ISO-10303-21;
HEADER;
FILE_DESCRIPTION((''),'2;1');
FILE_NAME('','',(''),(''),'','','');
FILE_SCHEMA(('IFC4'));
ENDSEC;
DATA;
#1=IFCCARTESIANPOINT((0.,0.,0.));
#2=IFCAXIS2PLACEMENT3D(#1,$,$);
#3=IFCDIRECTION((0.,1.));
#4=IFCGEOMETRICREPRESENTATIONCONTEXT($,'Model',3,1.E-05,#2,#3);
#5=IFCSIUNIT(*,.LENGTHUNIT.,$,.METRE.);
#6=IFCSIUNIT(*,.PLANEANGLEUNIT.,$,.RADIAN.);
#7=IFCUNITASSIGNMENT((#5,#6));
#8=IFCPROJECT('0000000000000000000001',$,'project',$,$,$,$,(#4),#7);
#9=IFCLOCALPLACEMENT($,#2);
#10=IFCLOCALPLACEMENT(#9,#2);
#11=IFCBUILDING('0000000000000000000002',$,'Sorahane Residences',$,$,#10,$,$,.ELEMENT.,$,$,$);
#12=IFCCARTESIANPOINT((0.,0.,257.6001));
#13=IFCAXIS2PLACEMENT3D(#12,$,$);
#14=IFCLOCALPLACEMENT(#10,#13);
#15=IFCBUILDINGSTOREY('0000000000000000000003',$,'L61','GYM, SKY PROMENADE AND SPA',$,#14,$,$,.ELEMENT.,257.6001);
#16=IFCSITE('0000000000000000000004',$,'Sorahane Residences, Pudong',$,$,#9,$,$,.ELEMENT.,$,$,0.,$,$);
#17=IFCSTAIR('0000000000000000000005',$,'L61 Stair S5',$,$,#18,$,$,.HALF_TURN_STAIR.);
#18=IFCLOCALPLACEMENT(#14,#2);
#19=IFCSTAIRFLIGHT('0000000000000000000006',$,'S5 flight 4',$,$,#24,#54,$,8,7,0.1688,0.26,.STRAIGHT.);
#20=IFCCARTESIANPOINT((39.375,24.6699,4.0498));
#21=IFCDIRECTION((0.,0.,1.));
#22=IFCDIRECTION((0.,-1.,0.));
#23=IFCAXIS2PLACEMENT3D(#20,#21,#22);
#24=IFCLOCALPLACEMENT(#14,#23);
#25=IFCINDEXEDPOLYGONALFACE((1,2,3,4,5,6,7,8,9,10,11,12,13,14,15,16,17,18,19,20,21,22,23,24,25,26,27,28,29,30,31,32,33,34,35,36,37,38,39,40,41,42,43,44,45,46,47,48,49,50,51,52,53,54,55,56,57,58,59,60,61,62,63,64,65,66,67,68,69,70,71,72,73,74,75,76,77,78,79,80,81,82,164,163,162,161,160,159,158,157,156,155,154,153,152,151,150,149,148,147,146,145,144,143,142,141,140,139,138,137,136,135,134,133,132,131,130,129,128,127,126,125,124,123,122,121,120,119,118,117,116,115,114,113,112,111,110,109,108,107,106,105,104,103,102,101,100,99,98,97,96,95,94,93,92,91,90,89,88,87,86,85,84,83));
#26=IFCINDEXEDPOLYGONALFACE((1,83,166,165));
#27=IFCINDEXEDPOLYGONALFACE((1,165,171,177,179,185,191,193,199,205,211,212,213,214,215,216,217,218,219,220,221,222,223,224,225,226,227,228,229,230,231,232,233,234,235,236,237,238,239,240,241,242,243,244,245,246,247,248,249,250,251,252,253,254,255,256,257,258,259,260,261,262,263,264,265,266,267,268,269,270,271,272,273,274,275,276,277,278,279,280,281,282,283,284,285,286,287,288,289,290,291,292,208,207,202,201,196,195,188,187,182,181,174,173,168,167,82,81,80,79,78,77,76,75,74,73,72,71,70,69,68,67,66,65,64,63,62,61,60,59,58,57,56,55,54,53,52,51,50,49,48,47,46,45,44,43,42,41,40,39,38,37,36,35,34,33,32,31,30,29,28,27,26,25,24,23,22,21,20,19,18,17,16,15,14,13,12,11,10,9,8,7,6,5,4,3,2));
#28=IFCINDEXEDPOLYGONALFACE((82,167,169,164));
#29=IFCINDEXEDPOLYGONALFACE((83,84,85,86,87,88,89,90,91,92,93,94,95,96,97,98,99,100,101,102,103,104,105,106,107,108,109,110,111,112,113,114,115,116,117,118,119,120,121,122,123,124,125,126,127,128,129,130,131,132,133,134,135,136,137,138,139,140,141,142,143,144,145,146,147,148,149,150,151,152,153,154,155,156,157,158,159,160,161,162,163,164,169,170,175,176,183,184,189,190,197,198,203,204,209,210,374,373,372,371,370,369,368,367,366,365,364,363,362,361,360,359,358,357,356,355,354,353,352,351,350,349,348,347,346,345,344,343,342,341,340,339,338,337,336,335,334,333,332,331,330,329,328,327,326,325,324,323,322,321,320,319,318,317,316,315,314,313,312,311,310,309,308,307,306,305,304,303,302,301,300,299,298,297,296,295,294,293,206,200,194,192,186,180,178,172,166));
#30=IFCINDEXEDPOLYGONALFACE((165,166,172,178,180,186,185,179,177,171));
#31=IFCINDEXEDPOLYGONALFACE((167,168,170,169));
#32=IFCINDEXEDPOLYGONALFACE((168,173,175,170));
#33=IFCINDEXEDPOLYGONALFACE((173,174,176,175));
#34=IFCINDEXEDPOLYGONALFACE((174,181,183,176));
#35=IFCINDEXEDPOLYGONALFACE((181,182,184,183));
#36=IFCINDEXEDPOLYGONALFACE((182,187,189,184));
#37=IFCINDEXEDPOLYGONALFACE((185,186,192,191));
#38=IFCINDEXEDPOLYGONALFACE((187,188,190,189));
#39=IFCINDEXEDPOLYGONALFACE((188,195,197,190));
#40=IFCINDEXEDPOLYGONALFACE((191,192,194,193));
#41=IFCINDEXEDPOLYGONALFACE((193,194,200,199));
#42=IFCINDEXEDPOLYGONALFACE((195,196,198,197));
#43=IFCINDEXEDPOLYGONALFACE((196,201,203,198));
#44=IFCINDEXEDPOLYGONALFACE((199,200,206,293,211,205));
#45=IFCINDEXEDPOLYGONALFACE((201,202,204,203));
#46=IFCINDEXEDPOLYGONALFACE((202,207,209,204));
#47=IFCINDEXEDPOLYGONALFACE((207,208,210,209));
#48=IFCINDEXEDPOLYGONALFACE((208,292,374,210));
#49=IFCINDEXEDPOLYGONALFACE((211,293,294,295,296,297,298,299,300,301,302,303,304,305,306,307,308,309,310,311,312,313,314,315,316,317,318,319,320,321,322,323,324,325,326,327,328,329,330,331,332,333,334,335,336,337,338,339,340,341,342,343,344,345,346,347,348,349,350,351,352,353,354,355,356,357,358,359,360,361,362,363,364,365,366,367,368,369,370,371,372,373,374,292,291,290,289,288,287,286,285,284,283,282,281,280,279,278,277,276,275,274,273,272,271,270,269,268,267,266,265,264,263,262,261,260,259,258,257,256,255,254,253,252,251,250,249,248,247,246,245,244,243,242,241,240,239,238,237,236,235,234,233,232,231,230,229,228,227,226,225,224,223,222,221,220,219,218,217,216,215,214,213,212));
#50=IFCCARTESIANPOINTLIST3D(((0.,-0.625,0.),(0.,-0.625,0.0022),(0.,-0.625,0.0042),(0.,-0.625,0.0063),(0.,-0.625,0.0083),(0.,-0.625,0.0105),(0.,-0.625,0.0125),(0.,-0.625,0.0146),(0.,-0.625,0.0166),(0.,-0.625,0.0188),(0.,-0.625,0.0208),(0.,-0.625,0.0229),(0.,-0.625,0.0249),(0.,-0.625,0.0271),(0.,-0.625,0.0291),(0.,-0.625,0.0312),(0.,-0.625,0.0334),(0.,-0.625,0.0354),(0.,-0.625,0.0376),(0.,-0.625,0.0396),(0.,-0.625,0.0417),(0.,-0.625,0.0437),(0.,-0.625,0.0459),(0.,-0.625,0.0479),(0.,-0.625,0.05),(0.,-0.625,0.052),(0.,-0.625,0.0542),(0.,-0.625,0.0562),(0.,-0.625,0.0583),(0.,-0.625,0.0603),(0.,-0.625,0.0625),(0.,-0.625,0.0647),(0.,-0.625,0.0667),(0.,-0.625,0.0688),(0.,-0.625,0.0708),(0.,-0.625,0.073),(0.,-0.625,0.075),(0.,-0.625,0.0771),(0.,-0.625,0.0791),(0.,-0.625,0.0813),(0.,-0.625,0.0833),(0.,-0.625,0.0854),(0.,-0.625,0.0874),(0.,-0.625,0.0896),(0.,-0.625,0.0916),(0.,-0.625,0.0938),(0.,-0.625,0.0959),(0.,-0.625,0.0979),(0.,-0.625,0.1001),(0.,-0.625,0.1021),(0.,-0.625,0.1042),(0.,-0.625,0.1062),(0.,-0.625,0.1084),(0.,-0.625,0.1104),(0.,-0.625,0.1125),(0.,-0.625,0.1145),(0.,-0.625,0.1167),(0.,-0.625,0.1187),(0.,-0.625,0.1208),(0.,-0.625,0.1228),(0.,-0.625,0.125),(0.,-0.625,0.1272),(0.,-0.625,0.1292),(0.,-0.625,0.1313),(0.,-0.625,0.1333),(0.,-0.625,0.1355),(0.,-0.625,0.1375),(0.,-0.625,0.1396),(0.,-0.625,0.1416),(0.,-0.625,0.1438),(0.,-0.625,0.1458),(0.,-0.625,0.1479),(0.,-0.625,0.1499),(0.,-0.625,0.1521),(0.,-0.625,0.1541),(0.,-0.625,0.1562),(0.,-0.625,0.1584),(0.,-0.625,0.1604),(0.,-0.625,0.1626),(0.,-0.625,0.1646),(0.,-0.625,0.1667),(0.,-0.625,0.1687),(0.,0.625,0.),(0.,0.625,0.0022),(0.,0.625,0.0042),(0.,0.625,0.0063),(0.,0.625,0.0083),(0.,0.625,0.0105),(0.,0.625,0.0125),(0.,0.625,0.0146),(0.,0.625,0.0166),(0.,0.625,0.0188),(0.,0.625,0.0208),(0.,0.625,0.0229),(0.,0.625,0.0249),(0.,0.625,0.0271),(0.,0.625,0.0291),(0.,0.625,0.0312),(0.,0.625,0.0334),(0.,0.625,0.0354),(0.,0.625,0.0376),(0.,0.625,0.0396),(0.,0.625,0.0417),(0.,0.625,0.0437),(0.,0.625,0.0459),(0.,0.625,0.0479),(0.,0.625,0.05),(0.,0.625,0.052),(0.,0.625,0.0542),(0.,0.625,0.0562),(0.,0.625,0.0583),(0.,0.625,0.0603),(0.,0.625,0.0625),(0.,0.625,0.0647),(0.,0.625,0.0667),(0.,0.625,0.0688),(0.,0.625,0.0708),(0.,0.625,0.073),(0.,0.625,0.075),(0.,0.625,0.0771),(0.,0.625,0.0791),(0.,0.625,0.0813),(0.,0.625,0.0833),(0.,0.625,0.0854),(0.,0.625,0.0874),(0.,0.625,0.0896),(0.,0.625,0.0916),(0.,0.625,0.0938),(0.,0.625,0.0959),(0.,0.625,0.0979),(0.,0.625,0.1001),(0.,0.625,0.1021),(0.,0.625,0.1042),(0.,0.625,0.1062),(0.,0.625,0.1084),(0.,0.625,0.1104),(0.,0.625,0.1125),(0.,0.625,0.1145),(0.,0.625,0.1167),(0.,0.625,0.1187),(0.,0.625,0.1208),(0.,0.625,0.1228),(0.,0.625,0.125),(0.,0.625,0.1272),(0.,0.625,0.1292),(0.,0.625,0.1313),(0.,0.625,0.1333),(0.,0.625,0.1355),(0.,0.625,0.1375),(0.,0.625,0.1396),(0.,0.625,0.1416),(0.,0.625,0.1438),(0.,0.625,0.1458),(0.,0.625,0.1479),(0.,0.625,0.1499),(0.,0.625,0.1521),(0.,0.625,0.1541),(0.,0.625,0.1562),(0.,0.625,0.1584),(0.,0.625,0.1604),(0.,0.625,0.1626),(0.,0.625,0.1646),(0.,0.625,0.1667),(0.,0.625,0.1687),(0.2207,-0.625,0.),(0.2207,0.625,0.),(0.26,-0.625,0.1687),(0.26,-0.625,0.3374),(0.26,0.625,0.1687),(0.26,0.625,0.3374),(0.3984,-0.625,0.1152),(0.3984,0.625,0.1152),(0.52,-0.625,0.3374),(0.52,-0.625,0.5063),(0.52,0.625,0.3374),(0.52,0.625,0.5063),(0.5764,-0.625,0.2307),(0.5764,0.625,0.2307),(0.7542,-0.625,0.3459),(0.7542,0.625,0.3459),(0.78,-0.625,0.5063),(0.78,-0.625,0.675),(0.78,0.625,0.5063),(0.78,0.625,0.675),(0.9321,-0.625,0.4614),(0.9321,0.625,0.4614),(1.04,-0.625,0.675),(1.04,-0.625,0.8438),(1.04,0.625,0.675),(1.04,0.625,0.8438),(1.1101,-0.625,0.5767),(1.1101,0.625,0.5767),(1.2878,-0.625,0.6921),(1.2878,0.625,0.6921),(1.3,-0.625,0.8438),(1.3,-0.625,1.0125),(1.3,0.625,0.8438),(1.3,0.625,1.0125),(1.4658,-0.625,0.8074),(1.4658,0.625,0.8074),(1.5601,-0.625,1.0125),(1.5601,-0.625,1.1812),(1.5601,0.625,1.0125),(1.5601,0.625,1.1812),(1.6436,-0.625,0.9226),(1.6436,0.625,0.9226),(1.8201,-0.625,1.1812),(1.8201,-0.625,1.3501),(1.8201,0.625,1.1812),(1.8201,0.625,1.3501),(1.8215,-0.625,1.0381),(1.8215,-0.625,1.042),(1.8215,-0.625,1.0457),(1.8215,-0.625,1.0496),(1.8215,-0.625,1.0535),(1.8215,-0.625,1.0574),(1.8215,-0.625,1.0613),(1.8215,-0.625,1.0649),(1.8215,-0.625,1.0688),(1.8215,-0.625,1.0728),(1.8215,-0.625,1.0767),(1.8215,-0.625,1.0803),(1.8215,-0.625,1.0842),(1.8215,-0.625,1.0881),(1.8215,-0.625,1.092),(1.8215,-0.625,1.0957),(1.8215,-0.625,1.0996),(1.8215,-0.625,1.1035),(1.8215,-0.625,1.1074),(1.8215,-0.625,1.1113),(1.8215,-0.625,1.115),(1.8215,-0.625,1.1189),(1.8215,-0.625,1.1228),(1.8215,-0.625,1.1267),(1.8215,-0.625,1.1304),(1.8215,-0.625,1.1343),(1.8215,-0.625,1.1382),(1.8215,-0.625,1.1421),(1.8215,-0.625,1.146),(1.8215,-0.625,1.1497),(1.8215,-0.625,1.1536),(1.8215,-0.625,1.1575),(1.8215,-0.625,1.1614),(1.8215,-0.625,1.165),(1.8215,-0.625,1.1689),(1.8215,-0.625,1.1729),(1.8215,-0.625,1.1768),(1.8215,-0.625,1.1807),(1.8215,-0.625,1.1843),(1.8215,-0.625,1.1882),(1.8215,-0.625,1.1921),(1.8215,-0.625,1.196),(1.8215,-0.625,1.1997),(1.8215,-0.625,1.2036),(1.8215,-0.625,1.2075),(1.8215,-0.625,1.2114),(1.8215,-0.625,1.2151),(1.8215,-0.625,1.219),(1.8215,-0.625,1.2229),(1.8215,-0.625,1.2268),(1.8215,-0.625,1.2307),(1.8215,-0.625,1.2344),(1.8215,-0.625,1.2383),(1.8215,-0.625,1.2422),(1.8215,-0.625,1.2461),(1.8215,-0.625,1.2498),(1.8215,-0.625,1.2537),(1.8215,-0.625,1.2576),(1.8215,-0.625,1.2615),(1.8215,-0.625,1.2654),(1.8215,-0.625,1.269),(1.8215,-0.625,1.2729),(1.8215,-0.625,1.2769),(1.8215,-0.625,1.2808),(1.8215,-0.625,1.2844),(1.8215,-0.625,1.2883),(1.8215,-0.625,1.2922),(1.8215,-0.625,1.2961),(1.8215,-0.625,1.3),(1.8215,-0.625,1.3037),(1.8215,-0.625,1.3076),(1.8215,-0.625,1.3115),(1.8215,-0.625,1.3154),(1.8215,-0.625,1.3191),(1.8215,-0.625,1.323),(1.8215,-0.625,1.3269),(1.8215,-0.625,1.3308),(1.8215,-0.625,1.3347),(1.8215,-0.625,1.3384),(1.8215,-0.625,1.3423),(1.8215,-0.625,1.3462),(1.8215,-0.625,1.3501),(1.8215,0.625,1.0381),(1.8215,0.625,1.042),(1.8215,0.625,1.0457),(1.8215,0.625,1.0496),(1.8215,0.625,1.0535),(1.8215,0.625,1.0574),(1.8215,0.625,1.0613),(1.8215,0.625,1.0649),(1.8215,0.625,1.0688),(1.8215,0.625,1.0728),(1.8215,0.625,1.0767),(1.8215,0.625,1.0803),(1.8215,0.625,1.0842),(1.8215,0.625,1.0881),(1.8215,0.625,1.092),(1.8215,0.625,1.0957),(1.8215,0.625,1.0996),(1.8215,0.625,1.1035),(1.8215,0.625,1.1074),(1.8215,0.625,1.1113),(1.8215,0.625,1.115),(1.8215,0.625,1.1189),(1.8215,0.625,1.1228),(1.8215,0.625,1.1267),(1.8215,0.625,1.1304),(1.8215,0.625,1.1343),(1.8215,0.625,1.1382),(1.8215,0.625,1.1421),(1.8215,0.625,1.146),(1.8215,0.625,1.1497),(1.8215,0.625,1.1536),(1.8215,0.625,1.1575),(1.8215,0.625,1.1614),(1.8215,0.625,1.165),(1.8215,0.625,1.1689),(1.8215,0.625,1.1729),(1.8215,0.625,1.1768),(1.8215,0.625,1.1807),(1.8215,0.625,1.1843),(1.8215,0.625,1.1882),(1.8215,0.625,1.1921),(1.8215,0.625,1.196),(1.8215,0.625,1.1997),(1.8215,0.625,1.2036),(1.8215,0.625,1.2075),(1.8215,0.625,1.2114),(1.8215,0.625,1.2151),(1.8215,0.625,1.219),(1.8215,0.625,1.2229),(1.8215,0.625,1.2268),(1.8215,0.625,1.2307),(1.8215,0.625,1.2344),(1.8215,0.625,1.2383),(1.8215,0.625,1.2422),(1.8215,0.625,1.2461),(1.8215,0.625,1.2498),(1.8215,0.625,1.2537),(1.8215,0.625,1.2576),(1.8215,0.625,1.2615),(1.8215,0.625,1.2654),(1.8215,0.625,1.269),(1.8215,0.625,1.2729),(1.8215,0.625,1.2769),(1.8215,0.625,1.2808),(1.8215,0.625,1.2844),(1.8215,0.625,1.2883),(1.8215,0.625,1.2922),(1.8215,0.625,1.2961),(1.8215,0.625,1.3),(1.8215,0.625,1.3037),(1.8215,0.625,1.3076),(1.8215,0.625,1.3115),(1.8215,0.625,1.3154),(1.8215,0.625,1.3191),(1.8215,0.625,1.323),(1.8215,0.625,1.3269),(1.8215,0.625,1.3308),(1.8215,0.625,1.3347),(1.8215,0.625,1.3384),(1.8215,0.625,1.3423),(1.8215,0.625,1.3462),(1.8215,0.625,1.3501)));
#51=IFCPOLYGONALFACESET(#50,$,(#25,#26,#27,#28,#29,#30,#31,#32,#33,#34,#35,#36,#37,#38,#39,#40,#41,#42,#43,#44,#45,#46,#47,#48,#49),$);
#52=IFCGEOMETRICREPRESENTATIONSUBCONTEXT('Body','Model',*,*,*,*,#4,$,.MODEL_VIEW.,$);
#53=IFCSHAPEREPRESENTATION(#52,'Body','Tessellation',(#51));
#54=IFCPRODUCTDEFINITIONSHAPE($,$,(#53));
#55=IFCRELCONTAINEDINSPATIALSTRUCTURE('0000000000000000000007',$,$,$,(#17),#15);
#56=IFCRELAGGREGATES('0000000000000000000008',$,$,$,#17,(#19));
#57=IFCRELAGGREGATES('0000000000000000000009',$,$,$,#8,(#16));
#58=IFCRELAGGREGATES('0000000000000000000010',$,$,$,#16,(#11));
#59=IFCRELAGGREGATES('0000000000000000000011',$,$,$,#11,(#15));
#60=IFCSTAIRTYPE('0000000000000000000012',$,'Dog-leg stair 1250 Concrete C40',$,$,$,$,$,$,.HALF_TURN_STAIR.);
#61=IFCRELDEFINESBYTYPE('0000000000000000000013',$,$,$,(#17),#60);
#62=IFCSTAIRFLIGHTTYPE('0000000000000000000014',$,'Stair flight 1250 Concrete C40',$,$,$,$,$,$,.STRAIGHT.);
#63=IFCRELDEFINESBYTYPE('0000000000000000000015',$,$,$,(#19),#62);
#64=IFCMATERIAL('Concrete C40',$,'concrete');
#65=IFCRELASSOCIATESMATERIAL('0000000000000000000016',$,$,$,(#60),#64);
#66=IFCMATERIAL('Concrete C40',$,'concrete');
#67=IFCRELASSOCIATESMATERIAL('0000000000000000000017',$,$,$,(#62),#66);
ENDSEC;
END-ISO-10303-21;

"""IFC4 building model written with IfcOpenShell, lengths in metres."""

from ifc_helpers import new_model, si_unit, direction, frame, origin, place, context, subcontext, project, spatial, polyline, outline, extrude, material, type_object, element, aggregate, save


model = new_model("IFC4")

# Units and contexts
model_context = context("Model", 3, precision=1e-05, world=origin(), true_north=direction((0.0, 1.0)))
body_context = subcontext(model_context, "Body", "Model", "MODEL_VIEW")
ifc_project = project(units=[si_unit("LENGTHUNIT", "METRE"), si_unit("PLANEANGLEUNIT", "RADIAN")], contexts=[model_context])

# Site, building, storey
site_placement = place(None, origin())
site = spatial("IfcSite", under=ifc_project, at=site_placement, Name="Sorahane Residences, Pudong", CompositionType="ELEMENT", RefElevation=0.0)
building_placement = place(site_placement, origin())
building = spatial("IfcBuilding", under=site, at=building_placement, Name="Sorahane Residences", CompositionType="ELEMENT")
storey_placement = place(building_placement, frame((0.0, 0.0, 257.6001)))
storey = spatial("IfcBuildingStorey", under=building, at=storey_placement, Name="L61", Description="GYM, SKY PROMENADE AND SPA", CompositionType="ELEMENT", Elevation=257.6001)

# Stair, stair flight
ifc_material_1 = material(Name="Concrete C40", Category="concrete")
stair_type = type_object("IfcStairType", Name="Dog-leg stair 1250 Concrete C40", PredefinedType="HALF_TURN_STAIR", material=ifc_material_1)
stair_placement = place(storey_placement, origin())
stair = element("IfcStair", 1, at=stair_placement, inside=storey, type_object=stair_type, Name="L61 Stair S5", PredefinedType="HALF_TURN_STAIR")
ifc_material_2 = material(Name="Concrete C40", Category="concrete")
stair_flight_type = type_object("IfcStairFlightType", Name="Stair flight 1250 Concrete C40", PredefinedType="STRAIGHT", material=ifc_material_2)
stair_flight_1_placement = place(storey_placement, frame((39.375, 24.6699, 4.0498), z_axis=(0.0, 0.0, 1.0), x_axis=(0.0, -1.0, 0.0)))
stair_flight_1 = element("IfcStairFlight", 2, at=stair_flight_1_placement, type_object=stair_flight_type, Name="S5 flight 4", NumberOfRisers=8, NumberOfTreads=7, PredefinedType="STRAIGHT", RiserHeight=0.1688, TreadLength=0.26, context=body_context, shape_type="SweptSolid", body=[
    extrude(outline(polyline([(0.0, 0.0), (0.0, 0.0022), (0.0, 0.0042), (0.0, 0.0063), (0.0, 0.0083), (0.0, 0.0105), (0.0, 0.0125), (0.0, 0.0146), (0.0, 0.0166), (0.0, 0.0188), (0.0, 0.0208), (0.0, 0.0229), (0.0, 0.0249), (0.0, 0.0271), (0.0, 0.0291), (0.0, 0.0312), (0.0, 0.0334), (0.0, 0.0354), (0.0, 0.0376), (0.0, 0.0396), (0.0, 0.0417), (0.0, 0.0437), (0.0, 0.0459), (0.0, 0.0479), (0.0, 0.05), (0.0, 0.052), (0.0, 0.0542), (0.0, 0.0562), (0.0, 0.0583), (0.0, 0.0603), (0.0, 0.0625), (0.0, 0.0647), (0.0, 0.0667), (0.0, 0.0688), (0.0, 0.0708), (0.0, 0.073), (0.0, 0.075), (0.0, 0.0771), (0.0, 0.0791), (0.0, 0.0813), (0.0, 0.0833), (0.0, 0.0854), (0.0, 0.0874), (0.0, 0.0896), (0.0, 0.0916), (0.0, 0.0938), (0.0, 0.0959), (0.0, 0.0979), (0.0, 0.1001), (0.0, 0.1021), (0.0, 0.1042), (0.0, 0.1062), (0.0, 0.1084), (0.0, 0.1104), (0.0, 0.1125), (0.0, 0.1145), (0.0, 0.1167), (0.0, 0.1187), (0.0, 0.1208), (0.0, 0.1228), (0.0, 0.125), (0.0, 0.1272), (0.0, 0.1292), (0.0, 0.1313), (0.0, 0.1333), (0.0, 0.1355), (0.0, 0.1375), (0.0, 0.1396), (0.0, 0.1416), (0.0, 0.1438), (0.0, 0.1458), (0.0, 0.1479), (0.0, 0.1499), (0.0, 0.1521), (0.0, 0.1541), (0.0, 0.1562), (0.0, 0.1584), (0.0, 0.1604), (0.0, 0.1626), (0.0, 0.1646), (0.0, 0.1667), (0.0, 0.1687), (0.26, 0.1687), (0.26, 0.3374), (0.52, 0.3374), (0.52, 0.5063), (0.78, 0.5063), (0.78, 0.675), (1.04, 0.675), (1.04, 0.8438), (1.3, 0.8438), (1.3, 1.0125), (1.5601, 1.0125), (1.5601, 1.1812), (1.8201, 1.1812), (1.8201, 1.3501), (1.8215, 1.3501), (1.8215, 1.3462), (1.8215, 1.3423), (1.8215, 1.3384), (1.8215, 1.3347), (1.8215, 1.3308), (1.8215, 1.3269), (1.8215, 1.323), (1.8215, 1.3191), (1.8215, 1.3154), (1.8215, 1.3115), (1.8215, 1.3076), (1.8215, 1.3037), (1.8215, 1.3), (1.8215, 1.2961), (1.8215, 1.2922), (1.8215, 1.2883), (1.8215, 1.2844), (1.8215, 1.2808), (1.8215, 1.2769), (1.8215, 1.2729), (1.8215, 1.269), (1.8215, 1.2654), (1.8215, 1.2615), (1.8215, 1.2576), (1.8215, 1.2537), (1.8215, 1.2498), (1.8215, 1.2461), (1.8215, 1.2422), (1.8215, 1.2383), (1.8215, 1.2344), (1.8215, 1.2307), (1.8215, 1.2268), (1.8215, 1.2229), (1.8215, 1.219), (1.8215, 1.2151), (1.8215, 1.2114), (1.8215, 1.2075), (1.8215, 1.2036), (1.8215, 1.1997), (1.8215, 1.196), (1.8215, 1.1921), (1.8215, 1.1882), (1.8215, 1.1843), (1.8215, 1.1807), (1.8215, 1.1768), (1.8215, 1.1729), (1.8215, 1.1689), (1.8215, 1.165), (1.8215, 1.1614), (1.8215, 1.1575), (1.8215, 1.1536), (1.8215, 1.1497), (1.8215, 1.146), (1.8215, 1.1421), (1.8215, 1.1382), (1.8215, 1.1343), (1.8215, 1.1304), (1.8215, 1.1267), (1.8215, 1.1228), (1.8215, 1.1189), (1.8215, 1.115), (1.8215, 1.1113), (1.8215, 1.1074), (1.8215, 1.1035), (1.8215, 1.0996), (1.8215, 1.0957), (1.8215, 1.092), (1.8215, 1.0881), (1.8215, 1.0842), (1.8215, 1.0803), (1.8215, 1.0767), (1.8215, 1.0728), (1.8215, 1.0688), (1.8215, 1.0649), (1.8215, 1.0613), (1.8215, 1.0574), (1.8215, 1.0535), (1.8215, 1.0496), (1.8215, 1.0457), (1.8215, 1.042), (1.8215, 1.0381), (1.6436, 0.9226), (1.4658, 0.8074), (1.2878, 0.6921), (1.1101, 0.5767), (0.9321, 0.4614), (0.7542, 0.3459), (0.5764, 0.2307), (0.3984, 0.1152), (0.2207, 0.0), (0.0, 0.0)])), frame((0.0, 0.625, 0.0), z_axis=(0.0, -1.0, 0.0), x_axis=(1.0, 0.0, 0.0)), (0.0, 0.0, 1.0), 1.25),
])
aggregate(stair, [stair_flight_1])

save(model, "model.ifc")
